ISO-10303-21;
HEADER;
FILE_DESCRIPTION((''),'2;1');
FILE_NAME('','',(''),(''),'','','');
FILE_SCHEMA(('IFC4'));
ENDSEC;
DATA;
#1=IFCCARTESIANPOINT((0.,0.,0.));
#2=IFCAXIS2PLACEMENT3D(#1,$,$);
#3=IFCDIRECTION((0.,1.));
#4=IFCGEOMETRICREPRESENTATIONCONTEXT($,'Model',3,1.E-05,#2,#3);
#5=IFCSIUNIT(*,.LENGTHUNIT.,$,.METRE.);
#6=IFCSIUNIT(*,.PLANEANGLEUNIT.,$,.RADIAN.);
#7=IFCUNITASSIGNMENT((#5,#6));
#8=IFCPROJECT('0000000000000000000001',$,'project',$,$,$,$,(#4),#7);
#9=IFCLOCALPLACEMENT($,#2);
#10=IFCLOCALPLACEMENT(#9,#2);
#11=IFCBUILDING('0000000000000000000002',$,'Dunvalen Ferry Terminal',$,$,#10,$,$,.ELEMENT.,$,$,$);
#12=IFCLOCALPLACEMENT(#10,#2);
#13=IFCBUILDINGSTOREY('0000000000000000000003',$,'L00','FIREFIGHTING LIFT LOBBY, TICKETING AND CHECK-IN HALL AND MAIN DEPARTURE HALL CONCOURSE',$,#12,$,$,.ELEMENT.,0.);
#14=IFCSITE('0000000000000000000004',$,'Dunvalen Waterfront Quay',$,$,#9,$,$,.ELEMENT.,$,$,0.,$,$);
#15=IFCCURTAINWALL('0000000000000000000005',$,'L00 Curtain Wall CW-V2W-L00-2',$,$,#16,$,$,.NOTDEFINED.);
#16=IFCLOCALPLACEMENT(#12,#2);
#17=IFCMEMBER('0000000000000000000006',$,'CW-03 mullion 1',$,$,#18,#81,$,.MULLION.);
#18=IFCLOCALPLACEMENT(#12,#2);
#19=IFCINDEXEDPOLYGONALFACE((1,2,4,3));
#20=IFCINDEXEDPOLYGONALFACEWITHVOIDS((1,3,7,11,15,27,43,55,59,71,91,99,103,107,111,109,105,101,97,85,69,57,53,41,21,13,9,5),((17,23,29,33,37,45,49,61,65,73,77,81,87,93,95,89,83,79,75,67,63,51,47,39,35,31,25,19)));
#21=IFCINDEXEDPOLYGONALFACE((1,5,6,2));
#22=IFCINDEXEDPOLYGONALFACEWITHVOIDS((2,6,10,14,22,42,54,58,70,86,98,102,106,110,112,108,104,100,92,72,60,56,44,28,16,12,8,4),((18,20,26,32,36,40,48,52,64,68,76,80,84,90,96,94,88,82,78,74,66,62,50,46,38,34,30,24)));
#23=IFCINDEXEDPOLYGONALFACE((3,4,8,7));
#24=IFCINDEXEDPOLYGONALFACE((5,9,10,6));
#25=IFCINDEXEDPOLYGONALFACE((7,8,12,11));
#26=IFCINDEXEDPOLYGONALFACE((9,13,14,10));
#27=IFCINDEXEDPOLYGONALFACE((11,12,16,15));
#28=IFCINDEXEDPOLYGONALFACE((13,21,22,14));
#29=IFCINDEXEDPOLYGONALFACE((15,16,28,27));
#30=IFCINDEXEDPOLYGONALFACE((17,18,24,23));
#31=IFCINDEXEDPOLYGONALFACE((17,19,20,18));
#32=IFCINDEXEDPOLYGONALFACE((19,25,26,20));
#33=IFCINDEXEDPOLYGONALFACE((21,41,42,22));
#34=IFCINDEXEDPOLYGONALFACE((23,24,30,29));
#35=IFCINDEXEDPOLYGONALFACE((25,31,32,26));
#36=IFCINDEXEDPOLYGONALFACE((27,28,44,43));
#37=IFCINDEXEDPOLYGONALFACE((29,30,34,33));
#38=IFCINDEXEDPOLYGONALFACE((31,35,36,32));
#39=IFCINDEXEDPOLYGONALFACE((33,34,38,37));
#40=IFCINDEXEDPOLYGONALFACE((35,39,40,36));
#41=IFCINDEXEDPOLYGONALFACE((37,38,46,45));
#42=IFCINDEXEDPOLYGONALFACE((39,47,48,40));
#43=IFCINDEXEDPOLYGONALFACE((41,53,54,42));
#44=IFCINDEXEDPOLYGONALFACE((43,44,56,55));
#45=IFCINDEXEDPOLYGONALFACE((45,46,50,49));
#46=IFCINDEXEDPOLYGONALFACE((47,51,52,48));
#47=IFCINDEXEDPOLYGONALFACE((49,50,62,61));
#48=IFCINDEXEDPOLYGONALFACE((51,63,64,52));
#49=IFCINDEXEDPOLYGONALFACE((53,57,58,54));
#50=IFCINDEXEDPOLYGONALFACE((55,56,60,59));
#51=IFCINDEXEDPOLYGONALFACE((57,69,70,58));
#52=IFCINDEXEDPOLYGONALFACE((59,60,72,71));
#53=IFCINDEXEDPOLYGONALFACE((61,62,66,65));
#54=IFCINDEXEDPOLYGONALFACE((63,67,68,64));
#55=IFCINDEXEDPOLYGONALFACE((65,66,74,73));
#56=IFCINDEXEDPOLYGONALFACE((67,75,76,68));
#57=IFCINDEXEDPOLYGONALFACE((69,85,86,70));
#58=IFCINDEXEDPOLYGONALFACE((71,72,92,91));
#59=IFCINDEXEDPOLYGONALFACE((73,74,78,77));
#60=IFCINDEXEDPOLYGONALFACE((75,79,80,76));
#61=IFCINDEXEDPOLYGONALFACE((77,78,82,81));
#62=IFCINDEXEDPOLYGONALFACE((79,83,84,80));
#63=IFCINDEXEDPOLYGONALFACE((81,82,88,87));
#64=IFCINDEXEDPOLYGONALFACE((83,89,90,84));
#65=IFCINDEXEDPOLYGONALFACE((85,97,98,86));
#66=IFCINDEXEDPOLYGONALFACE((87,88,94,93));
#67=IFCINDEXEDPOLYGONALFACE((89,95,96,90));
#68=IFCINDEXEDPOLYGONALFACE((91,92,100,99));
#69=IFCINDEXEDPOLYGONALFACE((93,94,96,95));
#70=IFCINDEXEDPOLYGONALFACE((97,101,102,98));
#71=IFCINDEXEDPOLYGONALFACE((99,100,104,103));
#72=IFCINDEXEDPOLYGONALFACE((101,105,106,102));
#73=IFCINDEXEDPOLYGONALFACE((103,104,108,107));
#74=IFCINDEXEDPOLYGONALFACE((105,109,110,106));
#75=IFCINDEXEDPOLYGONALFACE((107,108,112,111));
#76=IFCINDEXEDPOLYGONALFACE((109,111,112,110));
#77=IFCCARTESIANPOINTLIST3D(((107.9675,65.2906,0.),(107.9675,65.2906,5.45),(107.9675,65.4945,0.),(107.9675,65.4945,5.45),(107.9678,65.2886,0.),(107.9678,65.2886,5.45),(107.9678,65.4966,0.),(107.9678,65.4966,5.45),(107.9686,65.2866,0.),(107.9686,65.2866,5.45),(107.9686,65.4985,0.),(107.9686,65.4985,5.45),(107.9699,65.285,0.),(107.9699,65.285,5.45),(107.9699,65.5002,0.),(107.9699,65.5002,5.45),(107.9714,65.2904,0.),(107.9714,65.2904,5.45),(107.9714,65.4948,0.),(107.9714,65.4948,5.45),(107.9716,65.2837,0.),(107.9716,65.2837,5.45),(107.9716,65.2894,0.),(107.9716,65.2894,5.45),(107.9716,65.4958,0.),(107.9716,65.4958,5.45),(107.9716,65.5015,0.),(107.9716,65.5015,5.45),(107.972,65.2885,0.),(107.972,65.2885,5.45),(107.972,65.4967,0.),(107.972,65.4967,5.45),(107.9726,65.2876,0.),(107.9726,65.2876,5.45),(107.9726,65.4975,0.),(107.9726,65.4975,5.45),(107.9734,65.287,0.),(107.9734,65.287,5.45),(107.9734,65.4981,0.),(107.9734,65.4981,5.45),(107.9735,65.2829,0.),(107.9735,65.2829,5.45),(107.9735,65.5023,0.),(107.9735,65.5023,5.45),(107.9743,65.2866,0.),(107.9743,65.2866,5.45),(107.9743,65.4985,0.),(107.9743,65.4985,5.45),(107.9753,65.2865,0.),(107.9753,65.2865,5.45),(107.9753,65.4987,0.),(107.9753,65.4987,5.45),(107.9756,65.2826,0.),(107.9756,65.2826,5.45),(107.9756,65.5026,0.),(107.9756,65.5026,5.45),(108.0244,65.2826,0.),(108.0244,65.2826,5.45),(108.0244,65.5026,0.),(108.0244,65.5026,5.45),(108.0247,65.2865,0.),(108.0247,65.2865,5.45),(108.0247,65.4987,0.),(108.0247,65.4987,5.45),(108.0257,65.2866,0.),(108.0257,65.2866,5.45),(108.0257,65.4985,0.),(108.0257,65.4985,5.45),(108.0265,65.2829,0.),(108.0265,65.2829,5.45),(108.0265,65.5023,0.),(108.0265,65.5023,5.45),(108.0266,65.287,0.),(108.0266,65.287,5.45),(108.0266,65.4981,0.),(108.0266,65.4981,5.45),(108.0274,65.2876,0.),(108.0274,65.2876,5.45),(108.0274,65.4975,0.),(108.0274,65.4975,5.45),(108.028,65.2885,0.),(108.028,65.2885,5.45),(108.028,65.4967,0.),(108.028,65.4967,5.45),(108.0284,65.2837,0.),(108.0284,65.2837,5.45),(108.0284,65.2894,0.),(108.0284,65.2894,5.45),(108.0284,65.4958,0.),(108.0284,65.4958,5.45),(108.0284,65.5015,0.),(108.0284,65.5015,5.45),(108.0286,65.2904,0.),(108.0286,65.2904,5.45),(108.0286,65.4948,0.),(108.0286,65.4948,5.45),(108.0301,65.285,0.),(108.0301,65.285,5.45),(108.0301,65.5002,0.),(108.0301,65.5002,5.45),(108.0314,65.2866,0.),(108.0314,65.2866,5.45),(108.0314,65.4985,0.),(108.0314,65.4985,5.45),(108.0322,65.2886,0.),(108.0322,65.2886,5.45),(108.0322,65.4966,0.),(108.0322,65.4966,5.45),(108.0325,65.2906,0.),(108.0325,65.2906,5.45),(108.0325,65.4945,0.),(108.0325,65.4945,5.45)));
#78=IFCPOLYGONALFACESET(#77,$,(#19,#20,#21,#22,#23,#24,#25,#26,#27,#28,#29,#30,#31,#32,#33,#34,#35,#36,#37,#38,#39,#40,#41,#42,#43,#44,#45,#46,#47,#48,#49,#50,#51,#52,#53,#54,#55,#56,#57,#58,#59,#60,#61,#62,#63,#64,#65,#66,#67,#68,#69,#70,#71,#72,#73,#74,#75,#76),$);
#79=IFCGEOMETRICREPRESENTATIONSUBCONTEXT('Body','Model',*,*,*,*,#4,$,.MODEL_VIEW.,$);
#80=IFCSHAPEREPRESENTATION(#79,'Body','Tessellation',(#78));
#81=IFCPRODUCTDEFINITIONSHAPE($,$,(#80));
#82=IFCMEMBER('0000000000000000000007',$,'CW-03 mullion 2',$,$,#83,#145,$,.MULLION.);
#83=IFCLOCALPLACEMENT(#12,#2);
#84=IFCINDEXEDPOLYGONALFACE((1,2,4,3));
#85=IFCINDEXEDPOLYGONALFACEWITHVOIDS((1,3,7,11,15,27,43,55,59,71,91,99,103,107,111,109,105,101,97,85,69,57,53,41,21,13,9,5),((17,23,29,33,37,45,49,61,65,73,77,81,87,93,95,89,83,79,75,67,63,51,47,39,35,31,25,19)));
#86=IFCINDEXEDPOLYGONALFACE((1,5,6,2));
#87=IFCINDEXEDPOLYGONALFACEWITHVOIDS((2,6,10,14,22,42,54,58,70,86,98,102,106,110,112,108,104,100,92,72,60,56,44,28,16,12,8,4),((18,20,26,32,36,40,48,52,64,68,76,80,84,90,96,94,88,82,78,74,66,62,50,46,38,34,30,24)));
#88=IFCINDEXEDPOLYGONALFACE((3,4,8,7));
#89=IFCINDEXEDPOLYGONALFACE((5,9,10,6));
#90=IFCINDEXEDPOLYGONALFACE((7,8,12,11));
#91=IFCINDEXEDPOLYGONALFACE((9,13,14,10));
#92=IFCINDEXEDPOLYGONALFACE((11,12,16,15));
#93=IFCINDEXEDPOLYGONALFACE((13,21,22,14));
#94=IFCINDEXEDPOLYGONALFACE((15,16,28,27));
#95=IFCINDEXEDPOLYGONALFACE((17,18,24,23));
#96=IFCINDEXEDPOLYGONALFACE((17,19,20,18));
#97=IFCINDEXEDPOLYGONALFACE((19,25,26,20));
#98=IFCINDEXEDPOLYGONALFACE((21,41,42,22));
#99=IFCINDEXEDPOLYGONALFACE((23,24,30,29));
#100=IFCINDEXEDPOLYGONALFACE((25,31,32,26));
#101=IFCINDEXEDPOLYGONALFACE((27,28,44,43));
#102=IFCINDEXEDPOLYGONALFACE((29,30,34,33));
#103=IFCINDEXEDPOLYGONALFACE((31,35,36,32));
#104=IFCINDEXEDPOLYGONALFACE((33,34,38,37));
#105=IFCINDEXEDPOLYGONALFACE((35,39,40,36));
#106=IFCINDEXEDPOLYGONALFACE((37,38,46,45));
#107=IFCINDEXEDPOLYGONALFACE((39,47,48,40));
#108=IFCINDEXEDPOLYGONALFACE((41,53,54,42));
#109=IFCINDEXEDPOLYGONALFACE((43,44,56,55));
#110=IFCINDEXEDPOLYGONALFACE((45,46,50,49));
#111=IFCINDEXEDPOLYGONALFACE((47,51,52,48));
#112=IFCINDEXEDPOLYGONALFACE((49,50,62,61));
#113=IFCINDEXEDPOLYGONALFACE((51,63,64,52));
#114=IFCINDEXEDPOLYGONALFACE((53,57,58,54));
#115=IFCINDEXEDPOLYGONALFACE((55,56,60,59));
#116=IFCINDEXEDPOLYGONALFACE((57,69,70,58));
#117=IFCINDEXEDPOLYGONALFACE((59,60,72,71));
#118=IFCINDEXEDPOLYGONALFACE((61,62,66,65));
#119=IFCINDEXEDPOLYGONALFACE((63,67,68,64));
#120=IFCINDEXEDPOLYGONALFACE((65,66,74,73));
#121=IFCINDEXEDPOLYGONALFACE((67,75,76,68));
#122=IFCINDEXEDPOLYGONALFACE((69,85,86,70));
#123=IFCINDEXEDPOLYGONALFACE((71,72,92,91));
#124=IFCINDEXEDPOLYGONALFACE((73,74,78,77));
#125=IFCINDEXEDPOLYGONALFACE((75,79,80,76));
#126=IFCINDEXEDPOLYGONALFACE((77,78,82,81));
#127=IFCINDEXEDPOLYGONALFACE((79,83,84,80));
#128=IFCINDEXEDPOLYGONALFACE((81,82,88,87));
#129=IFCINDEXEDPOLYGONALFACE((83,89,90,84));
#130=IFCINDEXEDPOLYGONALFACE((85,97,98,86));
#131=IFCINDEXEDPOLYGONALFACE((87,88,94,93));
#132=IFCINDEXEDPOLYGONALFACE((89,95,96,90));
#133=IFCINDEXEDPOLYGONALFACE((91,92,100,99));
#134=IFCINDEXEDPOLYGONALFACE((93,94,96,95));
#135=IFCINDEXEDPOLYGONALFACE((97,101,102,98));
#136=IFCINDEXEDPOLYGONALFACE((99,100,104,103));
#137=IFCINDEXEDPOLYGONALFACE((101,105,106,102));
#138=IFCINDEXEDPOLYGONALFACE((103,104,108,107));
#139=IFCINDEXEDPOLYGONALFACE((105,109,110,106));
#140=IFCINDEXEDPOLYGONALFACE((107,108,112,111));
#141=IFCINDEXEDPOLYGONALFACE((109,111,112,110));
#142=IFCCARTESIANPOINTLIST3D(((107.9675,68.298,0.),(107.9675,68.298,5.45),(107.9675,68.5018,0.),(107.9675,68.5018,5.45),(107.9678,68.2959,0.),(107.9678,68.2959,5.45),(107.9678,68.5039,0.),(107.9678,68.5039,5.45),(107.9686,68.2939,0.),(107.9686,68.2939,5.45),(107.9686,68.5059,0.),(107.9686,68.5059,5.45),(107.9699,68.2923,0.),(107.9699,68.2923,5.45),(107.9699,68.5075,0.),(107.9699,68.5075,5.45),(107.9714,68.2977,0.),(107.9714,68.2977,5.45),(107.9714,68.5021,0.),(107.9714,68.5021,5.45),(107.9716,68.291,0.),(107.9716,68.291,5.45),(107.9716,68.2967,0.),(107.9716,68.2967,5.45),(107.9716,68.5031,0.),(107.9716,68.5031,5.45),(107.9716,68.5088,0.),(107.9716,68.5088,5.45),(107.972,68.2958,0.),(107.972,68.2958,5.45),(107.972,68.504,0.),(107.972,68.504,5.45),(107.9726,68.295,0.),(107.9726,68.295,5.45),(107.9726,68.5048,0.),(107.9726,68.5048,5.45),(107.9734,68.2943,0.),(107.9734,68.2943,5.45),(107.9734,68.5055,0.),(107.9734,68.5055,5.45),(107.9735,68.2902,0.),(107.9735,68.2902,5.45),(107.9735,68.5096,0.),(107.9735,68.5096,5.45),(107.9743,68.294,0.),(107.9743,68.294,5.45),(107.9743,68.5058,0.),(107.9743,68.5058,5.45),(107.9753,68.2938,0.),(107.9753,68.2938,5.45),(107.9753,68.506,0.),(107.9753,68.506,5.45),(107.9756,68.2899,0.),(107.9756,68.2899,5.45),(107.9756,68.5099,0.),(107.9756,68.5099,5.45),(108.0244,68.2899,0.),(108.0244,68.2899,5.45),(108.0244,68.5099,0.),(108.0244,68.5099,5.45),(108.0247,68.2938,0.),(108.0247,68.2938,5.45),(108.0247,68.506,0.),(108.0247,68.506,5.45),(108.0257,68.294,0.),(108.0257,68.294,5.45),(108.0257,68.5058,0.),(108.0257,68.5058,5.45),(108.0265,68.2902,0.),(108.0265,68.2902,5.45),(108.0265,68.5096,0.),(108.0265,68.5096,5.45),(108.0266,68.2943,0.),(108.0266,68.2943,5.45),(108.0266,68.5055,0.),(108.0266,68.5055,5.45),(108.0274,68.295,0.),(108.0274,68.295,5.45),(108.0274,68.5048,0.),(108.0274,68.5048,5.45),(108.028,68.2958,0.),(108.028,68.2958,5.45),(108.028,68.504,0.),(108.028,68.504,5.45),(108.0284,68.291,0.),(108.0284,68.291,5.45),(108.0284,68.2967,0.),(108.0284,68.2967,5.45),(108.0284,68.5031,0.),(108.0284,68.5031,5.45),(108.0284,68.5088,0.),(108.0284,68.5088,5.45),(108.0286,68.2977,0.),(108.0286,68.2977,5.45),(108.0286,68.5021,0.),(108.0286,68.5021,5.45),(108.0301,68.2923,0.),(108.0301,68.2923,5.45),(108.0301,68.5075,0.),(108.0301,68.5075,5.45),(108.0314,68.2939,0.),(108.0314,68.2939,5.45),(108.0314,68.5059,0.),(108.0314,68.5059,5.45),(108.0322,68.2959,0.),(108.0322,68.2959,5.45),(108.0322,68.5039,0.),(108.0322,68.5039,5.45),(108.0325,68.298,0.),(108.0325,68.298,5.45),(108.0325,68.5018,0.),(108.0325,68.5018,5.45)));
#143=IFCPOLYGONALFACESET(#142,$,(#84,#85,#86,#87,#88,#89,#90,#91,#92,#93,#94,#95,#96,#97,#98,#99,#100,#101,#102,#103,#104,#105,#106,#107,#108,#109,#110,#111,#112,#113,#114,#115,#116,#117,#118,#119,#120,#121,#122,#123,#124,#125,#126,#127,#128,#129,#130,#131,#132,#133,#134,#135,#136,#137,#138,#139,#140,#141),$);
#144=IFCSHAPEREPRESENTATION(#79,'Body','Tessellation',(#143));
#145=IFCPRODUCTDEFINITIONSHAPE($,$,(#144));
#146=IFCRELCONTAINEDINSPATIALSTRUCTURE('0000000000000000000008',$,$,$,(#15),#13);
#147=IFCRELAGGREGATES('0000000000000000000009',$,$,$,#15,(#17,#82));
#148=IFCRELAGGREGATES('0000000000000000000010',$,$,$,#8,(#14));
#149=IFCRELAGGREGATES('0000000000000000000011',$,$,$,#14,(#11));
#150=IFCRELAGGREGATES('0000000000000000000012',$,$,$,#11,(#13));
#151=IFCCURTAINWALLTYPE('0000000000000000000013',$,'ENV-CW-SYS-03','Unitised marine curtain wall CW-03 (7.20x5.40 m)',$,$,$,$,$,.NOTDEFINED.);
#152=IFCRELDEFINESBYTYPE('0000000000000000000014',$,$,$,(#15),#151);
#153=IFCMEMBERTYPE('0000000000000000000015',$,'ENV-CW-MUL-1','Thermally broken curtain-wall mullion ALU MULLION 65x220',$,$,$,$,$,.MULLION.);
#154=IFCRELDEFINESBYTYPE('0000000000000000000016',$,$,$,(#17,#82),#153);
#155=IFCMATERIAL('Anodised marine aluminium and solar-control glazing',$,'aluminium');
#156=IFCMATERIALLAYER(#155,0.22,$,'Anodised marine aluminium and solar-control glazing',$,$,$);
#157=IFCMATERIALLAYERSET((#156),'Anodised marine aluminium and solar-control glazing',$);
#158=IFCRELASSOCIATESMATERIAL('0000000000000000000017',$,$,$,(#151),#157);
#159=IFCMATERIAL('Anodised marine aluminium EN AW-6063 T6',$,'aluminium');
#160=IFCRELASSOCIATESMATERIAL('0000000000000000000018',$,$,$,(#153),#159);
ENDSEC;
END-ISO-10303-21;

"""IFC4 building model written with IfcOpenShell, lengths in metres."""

from ifc_helpers import new_model, si_unit, direction, frame, origin, origin_2d, place, context, subcontext, project, spatial, hollow_rectangle, extrude, material, layer, layer_set, material_profile, profile_set, type_object, element, aggregate, save


model = new_model("IFC4")

# Units and contexts
model_context = context("Model", 3, precision=1e-05, world=origin(), true_north=direction((0.0, 1.0)))
body_context = subcontext(model_context, "Body", "Model", "MODEL_VIEW")
ifc_project = project(units=[si_unit("LENGTHUNIT", "METRE"), si_unit("PLANEANGLEUNIT", "RADIAN")], contexts=[model_context])

# Site, building, storey
site_placement = place(None, origin())
site = spatial("IfcSite", under=ifc_project, at=site_placement, Name="Dunvalen Waterfront Quay", CompositionType="ELEMENT", RefElevation=0.0)
building_placement = place(site_placement, origin())
building = spatial("IfcBuilding", under=site, at=building_placement, Name="Dunvalen Ferry Terminal", CompositionType="ELEMENT")
storey_placement = place(building_placement, origin())
storey = spatial("IfcBuildingStorey", under=building, at=storey_placement, Name="L00", Description="FIREFIGHTING LIFT LOBBY, TICKETING AND CHECK-IN HALL AND MAIN DEPARTURE HALL CONCOURSE", CompositionType="ELEMENT", Elevation=0.0)

# Curtain wall, members
ifc_material_1 = material(Name="Anodised marine aluminium and solar-control glazing", Category="aluminium")
ifc_layer_1 = layer(ifc_material_1, 0.22, Name="Anodised marine aluminium and solar-control glazing")
ifc_layer_set_1 = layer_set([ifc_layer_1], Name="Anodised marine aluminium and solar-control glazing")
curtain_wall_type = type_object("IfcCurtainWallType", Name="ENV-CW-SYS-03", Description="Unitised marine curtain wall CW-03 (7.20x5.40 m)", PredefinedType="NOTDEFINED", material=ifc_layer_set_1)
ifc_material_2 = material(Name="Anodised marine aluminium EN AW-6063 T6", Category="aluminium")
ifc_material_profile_1 = material_profile(ifc_material_2, hollow_rectangle(XDim=0.0649, YDim=0.22, WallThickness=0.0039, InnerFilletRadius=0.0039, OuterFilletRadius=0.0081, at=origin_2d()), Name="Anodised marine aluminium EN AW-6063 T6")
ifc_profile_set_1 = profile_set([ifc_material_profile_1], Name="Anodised marine aluminium EN AW-6063 T6")
member_type_1 = type_object("IfcMemberType", Name="ENV-CW-MUL-1", Description="Thermally broken curtain-wall mullion ALU MULLION 65x220", PredefinedType="MULLION", material=ifc_profile_set_1)
curtain_wall_1_placement = place(storey_placement, origin())
curtain_wall_1 = element("IfcCurtainWall", 1, at=curtain_wall_1_placement, inside=storey, type_object=curtain_wall_type, Name="L00 Curtain Wall CW-V2W-L00-2", PredefinedType="NOTDEFINED")
member_1_placement = place(storey_placement, frame((108.0, 65.3926, 0.0), z_axis=(0.0, 0.0, 1.0), x_axis=(-1.0, 0.0, 0.0)))
member_1 = element("IfcMember", 2, at=member_1_placement, type_object=member_type_1, Name="CW-03 mullion 1", PredefinedType="MULLION", context=body_context, shape_type="SweptSolid", body=[
    extrude(hollow_rectangle(XDim=0.0649, YDim=0.22, WallThickness=0.0039, InnerFilletRadius=0.0039, OuterFilletRadius=0.0081, at=origin_2d()), origin(), (0.0, 0.0, 1.0), 5.45),
])
member_2_placement = place(storey_placement, frame((108.0, 68.3999, 0.0), z_axis=(0.0, 0.0, 1.0), x_axis=(-1.0, 0.0, 0.0)))
member_2 = element("IfcMember", 3, at=member_2_placement, type_object=member_type_1, Name="CW-03 mullion 2", PredefinedType="MULLION", context=body_context, shape_type="SweptSolid", body=[
    extrude(hollow_rectangle(XDim=0.0649, YDim=0.22, WallThickness=0.0039, InnerFilletRadius=0.0039, OuterFilletRadius=0.0081, at=origin_2d()), origin(), (0.0, 0.0, 1.0), 5.45),
])

aggregate(curtain_wall_1, [member_1, member_2])

save(model, "model.ifc")
